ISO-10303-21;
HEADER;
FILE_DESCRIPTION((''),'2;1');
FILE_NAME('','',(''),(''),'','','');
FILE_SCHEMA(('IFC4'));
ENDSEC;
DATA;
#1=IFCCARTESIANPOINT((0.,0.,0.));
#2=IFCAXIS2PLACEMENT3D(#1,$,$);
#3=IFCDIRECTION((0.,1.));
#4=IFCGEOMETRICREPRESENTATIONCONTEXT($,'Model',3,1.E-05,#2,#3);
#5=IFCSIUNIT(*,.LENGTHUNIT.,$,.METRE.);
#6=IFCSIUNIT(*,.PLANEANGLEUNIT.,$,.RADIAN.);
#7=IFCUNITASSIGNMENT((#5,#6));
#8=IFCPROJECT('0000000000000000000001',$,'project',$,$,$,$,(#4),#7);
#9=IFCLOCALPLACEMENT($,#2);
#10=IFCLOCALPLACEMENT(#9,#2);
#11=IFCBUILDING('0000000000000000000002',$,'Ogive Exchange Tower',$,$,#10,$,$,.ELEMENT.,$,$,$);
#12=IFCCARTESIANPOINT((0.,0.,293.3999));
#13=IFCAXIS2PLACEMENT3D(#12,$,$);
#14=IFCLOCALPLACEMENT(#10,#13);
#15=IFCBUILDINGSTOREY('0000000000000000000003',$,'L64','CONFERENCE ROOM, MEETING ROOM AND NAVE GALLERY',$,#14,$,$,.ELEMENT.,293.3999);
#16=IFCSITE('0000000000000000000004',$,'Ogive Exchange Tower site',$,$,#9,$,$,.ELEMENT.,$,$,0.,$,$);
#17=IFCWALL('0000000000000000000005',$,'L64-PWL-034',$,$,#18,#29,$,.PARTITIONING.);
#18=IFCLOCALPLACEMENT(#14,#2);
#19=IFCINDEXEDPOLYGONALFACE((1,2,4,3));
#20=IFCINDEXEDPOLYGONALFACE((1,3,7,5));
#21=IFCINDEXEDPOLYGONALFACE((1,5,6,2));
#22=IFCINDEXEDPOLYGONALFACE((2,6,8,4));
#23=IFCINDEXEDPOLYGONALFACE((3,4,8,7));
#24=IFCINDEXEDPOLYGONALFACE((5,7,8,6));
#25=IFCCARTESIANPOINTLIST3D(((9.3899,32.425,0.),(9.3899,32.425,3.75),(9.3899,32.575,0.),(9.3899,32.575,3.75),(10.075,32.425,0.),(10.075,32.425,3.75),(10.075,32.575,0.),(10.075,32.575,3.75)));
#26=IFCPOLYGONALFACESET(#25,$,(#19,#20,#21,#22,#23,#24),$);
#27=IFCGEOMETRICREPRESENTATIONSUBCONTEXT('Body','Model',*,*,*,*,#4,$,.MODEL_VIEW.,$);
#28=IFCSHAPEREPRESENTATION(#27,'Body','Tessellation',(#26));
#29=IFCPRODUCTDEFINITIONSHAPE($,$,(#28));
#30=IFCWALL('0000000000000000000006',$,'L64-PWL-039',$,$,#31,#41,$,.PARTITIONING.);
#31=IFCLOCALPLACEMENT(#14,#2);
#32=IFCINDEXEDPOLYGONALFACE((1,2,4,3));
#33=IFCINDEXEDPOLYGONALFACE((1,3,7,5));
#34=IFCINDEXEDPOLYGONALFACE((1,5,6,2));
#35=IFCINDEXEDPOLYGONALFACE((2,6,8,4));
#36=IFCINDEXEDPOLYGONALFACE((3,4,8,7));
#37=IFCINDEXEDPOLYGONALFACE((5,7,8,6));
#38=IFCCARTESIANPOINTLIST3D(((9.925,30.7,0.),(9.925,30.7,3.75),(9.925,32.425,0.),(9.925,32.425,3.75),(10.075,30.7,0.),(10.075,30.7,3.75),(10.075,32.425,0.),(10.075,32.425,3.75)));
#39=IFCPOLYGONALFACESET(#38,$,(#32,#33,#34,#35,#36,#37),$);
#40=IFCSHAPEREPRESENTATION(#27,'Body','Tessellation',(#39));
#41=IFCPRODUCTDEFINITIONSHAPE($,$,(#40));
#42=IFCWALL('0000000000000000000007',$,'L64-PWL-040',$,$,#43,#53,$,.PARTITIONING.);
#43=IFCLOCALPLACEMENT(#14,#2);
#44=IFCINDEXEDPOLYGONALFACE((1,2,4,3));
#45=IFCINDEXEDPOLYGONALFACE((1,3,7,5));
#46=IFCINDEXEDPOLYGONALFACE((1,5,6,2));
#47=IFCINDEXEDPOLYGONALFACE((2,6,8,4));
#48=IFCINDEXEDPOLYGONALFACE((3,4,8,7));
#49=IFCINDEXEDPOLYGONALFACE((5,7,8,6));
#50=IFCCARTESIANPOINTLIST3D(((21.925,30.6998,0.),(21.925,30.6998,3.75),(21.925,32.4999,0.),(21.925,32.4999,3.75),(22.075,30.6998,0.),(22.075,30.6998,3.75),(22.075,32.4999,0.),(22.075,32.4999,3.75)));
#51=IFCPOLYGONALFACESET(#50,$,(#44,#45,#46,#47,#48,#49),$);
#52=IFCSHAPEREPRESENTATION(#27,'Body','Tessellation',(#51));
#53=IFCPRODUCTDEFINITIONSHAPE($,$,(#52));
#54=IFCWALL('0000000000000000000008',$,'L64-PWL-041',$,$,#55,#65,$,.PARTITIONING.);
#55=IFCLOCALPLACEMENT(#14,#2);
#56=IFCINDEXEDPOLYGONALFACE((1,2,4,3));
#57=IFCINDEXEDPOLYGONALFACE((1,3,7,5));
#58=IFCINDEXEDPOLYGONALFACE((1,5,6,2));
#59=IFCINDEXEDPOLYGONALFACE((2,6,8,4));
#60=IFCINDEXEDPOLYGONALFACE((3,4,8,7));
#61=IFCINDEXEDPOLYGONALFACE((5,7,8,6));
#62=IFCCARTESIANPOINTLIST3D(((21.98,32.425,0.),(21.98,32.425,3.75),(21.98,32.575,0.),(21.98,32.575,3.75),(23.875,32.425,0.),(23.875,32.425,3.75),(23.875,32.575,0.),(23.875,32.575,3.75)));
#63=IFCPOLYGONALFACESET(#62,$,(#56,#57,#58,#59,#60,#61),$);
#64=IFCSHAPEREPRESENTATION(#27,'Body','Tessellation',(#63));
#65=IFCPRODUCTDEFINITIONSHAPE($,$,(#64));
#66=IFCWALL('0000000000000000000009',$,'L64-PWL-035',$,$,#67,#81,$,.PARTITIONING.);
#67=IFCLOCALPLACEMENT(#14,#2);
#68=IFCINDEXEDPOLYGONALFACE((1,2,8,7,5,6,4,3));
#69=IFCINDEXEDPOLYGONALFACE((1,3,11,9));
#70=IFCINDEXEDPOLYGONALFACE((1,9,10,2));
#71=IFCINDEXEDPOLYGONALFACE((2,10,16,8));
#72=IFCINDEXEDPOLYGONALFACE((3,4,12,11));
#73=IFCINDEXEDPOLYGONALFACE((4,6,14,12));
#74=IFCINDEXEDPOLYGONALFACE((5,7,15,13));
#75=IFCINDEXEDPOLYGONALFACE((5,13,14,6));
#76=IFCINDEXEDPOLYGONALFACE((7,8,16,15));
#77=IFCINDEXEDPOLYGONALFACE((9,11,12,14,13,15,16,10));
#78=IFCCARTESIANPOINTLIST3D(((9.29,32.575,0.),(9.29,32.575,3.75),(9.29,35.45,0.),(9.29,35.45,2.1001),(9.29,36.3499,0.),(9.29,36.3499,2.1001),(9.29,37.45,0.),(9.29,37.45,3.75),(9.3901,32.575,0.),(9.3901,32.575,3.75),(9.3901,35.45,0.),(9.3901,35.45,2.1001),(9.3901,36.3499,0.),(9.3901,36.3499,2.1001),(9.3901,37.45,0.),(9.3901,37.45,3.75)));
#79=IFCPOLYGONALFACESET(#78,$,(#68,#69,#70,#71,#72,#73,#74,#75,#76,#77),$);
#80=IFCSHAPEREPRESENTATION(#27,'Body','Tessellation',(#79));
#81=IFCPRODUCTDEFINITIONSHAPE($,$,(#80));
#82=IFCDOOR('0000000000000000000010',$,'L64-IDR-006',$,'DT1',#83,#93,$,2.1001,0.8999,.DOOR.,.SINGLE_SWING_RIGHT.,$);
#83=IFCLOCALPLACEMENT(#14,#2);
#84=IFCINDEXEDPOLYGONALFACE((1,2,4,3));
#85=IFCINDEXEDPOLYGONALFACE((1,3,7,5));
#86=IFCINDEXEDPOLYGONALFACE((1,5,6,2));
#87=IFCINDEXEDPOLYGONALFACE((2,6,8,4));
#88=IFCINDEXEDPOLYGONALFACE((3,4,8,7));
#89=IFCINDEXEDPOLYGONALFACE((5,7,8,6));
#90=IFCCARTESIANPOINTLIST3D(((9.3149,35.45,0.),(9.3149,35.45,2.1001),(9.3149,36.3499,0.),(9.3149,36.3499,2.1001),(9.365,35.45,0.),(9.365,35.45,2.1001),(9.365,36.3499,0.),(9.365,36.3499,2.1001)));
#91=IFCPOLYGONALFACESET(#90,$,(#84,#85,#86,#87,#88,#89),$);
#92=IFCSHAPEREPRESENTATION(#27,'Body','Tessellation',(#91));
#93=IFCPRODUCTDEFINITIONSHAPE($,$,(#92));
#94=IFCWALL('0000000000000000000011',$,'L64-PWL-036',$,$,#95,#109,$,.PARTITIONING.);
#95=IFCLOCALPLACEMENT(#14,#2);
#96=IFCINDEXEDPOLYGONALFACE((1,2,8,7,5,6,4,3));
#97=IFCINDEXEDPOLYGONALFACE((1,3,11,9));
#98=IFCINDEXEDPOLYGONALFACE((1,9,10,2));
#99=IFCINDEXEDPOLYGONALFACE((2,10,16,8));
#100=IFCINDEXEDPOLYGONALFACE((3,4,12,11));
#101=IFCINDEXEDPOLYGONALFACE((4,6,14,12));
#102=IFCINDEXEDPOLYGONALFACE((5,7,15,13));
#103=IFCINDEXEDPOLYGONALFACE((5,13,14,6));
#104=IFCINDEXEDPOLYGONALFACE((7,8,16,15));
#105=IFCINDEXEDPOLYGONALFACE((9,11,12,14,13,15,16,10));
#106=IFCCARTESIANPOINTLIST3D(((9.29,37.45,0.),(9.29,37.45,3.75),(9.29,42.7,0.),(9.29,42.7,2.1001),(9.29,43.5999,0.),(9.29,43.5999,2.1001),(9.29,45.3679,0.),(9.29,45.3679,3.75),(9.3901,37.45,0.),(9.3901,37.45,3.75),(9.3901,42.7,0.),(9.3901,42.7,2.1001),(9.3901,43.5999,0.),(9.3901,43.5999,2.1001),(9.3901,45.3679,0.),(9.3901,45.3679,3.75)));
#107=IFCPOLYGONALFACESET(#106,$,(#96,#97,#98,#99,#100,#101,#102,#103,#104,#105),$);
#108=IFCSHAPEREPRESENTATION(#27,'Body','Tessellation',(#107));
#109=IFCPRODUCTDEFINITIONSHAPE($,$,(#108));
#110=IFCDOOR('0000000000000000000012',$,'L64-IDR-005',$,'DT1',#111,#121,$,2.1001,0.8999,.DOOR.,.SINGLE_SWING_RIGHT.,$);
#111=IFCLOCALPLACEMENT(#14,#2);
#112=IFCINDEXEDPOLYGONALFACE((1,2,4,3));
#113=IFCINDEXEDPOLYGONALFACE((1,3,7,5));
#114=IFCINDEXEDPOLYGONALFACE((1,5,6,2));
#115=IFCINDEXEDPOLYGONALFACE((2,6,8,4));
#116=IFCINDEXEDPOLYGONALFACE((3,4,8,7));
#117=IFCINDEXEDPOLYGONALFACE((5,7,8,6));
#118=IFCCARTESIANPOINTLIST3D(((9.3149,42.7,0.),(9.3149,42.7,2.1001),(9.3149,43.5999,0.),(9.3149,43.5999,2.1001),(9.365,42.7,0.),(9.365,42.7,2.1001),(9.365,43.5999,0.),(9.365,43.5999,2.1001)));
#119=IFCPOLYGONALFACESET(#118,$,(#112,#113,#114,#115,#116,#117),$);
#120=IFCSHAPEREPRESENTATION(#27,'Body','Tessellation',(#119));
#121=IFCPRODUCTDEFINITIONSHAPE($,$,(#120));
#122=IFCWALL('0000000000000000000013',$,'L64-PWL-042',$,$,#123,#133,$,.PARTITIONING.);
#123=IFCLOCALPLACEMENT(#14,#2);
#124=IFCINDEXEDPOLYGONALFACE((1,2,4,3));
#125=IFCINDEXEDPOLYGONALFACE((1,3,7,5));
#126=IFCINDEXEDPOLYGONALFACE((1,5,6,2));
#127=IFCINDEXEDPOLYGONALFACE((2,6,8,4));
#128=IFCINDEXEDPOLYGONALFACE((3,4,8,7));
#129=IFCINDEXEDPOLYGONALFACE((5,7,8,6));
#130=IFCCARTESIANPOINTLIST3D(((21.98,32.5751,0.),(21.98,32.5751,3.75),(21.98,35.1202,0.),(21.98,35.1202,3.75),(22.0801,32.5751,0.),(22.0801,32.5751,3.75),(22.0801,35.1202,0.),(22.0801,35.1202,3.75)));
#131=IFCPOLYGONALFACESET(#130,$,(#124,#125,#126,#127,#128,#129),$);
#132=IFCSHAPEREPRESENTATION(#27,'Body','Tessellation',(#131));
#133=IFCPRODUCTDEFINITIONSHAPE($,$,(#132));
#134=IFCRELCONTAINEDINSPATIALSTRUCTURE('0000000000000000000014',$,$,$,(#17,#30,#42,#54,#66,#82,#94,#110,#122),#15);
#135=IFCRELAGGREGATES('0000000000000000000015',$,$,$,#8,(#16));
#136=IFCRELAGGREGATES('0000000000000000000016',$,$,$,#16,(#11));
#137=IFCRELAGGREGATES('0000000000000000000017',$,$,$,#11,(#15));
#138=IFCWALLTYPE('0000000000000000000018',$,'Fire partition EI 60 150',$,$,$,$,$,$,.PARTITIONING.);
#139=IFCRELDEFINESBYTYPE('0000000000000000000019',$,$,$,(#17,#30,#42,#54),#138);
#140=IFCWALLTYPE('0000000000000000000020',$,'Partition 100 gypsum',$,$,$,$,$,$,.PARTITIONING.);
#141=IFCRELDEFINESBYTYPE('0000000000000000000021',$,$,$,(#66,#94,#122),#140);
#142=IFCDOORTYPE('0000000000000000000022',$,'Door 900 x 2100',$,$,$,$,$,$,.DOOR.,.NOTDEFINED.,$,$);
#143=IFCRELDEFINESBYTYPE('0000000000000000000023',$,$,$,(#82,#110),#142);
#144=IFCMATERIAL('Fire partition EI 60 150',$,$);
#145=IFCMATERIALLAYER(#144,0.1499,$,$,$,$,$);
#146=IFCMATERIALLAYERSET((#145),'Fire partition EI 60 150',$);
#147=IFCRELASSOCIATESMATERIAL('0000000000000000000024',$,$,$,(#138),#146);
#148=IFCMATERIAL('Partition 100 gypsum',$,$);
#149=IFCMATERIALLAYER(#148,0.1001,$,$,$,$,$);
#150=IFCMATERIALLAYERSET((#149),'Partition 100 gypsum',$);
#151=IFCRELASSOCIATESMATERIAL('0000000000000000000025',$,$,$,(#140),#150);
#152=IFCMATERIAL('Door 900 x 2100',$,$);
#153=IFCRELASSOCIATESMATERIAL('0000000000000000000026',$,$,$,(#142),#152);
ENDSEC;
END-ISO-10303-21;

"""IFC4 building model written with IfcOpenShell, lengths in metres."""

from ifc_helpers import new_model, si_unit, direction, frame, frame_2d, origin, place, context, subcontext, project, spatial, rectangle, extrude, material, layer, layer_set, type_object, element, fill, save


model = new_model("IFC4")

# Units and contexts
model_context = context("Model", 3, precision=1e-05, world=origin(), true_north=direction((0.0, 1.0)))
body_context = subcontext(model_context, "Body", "Model", "MODEL_VIEW")
ifc_project = project(units=[si_unit("LENGTHUNIT", "METRE"), si_unit("PLANEANGLEUNIT", "RADIAN")], contexts=[model_context])

# Site, building, storey
site_placement = place(None, origin())
site = spatial("IfcSite", under=ifc_project, at=site_placement, Name="Ogive Exchange Tower site", CompositionType="ELEMENT", RefElevation=0.0)
building_placement = place(site_placement, origin())
building = spatial("IfcBuilding", under=site, at=building_placement, Name="Ogive Exchange Tower", CompositionType="ELEMENT")
storey_placement = place(building_placement, frame((0.0, 0.0, 293.3999)))
storey = spatial("IfcBuildingStorey", under=building, at=storey_placement, Name="L64", Description="CONFERENCE ROOM, MEETING ROOM AND NAVE GALLERY", CompositionType="ELEMENT", Elevation=293.3999)

# Shared definitions
ifc_material_1 = material(Name="Fire partition EI 60 150")
ifc_layer_1 = layer(ifc_material_1, 0.1499)
ifc_layer_set_1 = layer_set([ifc_layer_1], Name="Fire partition EI 60 150")
wall_type_1 = type_object("IfcWallType", Name="Fire partition EI 60 150", PredefinedType="PARTITIONING", material=ifc_layer_set_1)

# Walls
wall_1_placement = place(storey_placement, frame((9.3899, 32.5, 0.0), z_axis=(0.0, 0.0, 1.0), x_axis=(1.0, 0.0, 0.0)))
element("IfcWall", 1, at=wall_1_placement, inside=storey, type_object=wall_type_1, Name="L64-PWL-034", PredefinedType="PARTITIONING", context=body_context, shape_type="SweptSolid", body=[
    extrude(rectangle(XDim=0.6851, YDim=0.1499, at=frame_2d((0.3425, 0.0))), origin(), (0.0, 0.0, 1.0), 3.75),
])
wall_2_placement = place(storey_placement, frame((10.0, 32.425, 0.0), z_axis=(0.0, 0.0, 1.0), x_axis=(0.0, -1.0, 0.0)))
element("IfcWall", 2, at=wall_2_placement, inside=storey, type_object=wall_type_1, Name="L64-PWL-039", PredefinedType="PARTITIONING", context=body_context, shape_type="SweptSolid", body=[
    extrude(rectangle(XDim=1.7251, YDim=0.1499, at=frame_2d((0.8625, 0.0))), origin(), (0.0, 0.0, 1.0), 3.75),
])
wall_3_placement = place(storey_placement, frame((22.0, 30.7, 0.0), z_axis=(0.0, 0.0, 1.0), x_axis=(0.0, 1.0, 0.0)))
element("IfcWall", 3, at=wall_3_placement, inside=storey, type_object=wall_type_1, Name="L64-PWL-040", PredefinedType="PARTITIONING", context=body_context, shape_type="SweptSolid", body=[
    extrude(rectangle(XDim=1.8, YDim=0.1499, at=frame_2d((0.8999, 0.0))), origin(), (0.0, 0.0, 1.0), 3.75),
])
wall_4_placement = place(storey_placement, frame((21.98, 32.5, 0.0), z_axis=(0.0, 0.0, 1.0), x_axis=(1.0, 0.0, 0.0)))
element("IfcWall", 4, at=wall_4_placement, inside=storey, type_object=wall_type_1, Name="L64-PWL-041", PredefinedType="PARTITIONING", context=body_context, shape_type="SweptSolid", body=[
    extrude(rectangle(XDim=1.895, YDim=0.1499, at=frame_2d((0.9475, 0.0))), origin(), (0.0, 0.0, 1.0), 3.75),
])

# Walls, openings, doors
ifc_material_2 = material(Name="Partition 100 gypsum")
ifc_layer_2 = layer(ifc_material_2, 0.1001)
ifc_layer_set_2 = layer_set([ifc_layer_2], Name="Partition 100 gypsum")
wall_type_2 = type_object("IfcWallType", Name="Partition 100 gypsum", PredefinedType="PARTITIONING", material=ifc_layer_set_2)
wall_5_placement = place(storey_placement, frame((9.3401, 37.45, 0.0), z_axis=(0.0, 0.0, 1.0), x_axis=(0.0, -1.0, 0.0)))
wall_5 = element("IfcWall", 5, at=wall_5_placement, inside=storey, type_object=wall_type_2, Name="L64-PWL-035", PredefinedType="PARTITIONING", context=body_context, shape_type="SweptSolid", body=[
    extrude(rectangle(XDim=4.875, YDim=0.1001, at=frame_2d((2.4375, 0.0))), origin(), (0.0, 0.0, 1.0), 3.75),
])
opening_1_placement = place(wall_5_placement, frame((1.1001, 0.0, 0.0)))
opening_1 = element("IfcOpeningElement", 6, at=opening_1_placement, cuts=wall_5, PredefinedType="OPENING", context=body_context, shape_type="SweptSolid", body=[
    extrude(rectangle(XDim=0.8999, YDim=2.1001, at=frame_2d((0.45, 1.05))), frame((0.0, 0.0601, 0.0), z_axis=(0.0, -1.0, 0.0), x_axis=(1.0, 0.0, 0.0)), (0.0, 0.0, 1.0), 0.1201),
])
ifc_material_3 = material(Name="Door 900 x 2100")
door_type_1 = type_object("IfcDoorType", Name="Door 900 x 2100", OperationType="NOTDEFINED", PredefinedType="DOOR", material=ifc_material_3)
door_1_placement = place(opening_1_placement, origin())
door_1 = element("IfcDoor", 7, at=door_1_placement, inside=storey, type_object=door_type_1, Name="L64-IDR-006", ObjectType="DT1", OperationType="SINGLE_SWING_RIGHT", OverallHeight=2.1001, OverallWidth=0.8999, PredefinedType="DOOR", context=body_context, shape_type="SweptSolid", body=[
    extrude(rectangle(XDim=0.8999, YDim=2.1001, at=frame_2d((0.45, 1.05))), frame((0.0, 0.0249, 0.0), z_axis=(0.0, -1.0, 0.0), x_axis=(1.0, 0.0, 0.0)), (0.0, 0.0, 1.0), 0.05),
])
fill(opening_1, door_1)
wall_6_placement = place(storey_placement, frame((9.3401, 45.3679, 0.0), z_axis=(0.0, 0.0, 1.0), x_axis=(0.0, -1.0, 0.0)))
wall_6 = element("IfcWall", 8, at=wall_6_placement, inside=storey, type_object=wall_type_2, Name="L64-PWL-036", PredefinedType="PARTITIONING", context=body_context, shape_type="SweptSolid", body=[
    extrude(rectangle(XDim=7.918, YDim=0.1001, at=frame_2d((3.959, 0.0))), origin(), (0.0, 0.0, 1.0), 3.75),
])
opening_2_placement = place(wall_6_placement, frame((1.7681, 0.0, 0.0)))
opening_2 = element("IfcOpeningElement", 9, at=opening_2_placement, cuts=wall_6, PredefinedType="OPENING", context=body_context, shape_type="SweptSolid", body=[
    extrude(rectangle(XDim=0.8999, YDim=2.1001, at=frame_2d((0.45, 1.05))), frame((0.0, 0.0601, 0.0), z_axis=(0.0, -1.0, 0.0), x_axis=(1.0, 0.0, 0.0)), (0.0, 0.0, 1.0), 0.1201),
])
door_2_placement = place(opening_2_placement, origin())
door_2 = element("IfcDoor", 10, at=door_2_placement, inside=storey, type_object=door_type_1, Name="L64-IDR-005", ObjectType="DT1", OperationType="SINGLE_SWING_RIGHT", OverallHeight=2.1001, OverallWidth=0.8999, PredefinedType="DOOR", context=body_context, shape_type="SweptSolid", body=[
    extrude(rectangle(XDim=0.8999, YDim=2.1001, at=frame_2d((0.45, 1.05))), frame((0.0, 0.0249, 0.0), z_axis=(0.0, -1.0, 0.0), x_axis=(1.0, 0.0, 0.0)), (0.0, 0.0, 1.0), 0.05),
])
fill(opening_2, door_2)

# Wall
wall_7_placement = place(storey_placement, frame((22.03, 35.1201, 0.0), z_axis=(0.0, 0.0, 1.0), x_axis=(0.0, -1.0, 0.0)))
element("IfcWall", 11, at=wall_7_placement, inside=storey, type_object=wall_type_2, Name="L64-PWL-042", PredefinedType="PARTITIONING", context=body_context, shape_type="SweptSolid", body=[
    extrude(rectangle(XDim=2.5452, YDim=0.1001, at=frame_2d((1.2725, 0.0))), origin(), (0.0, 0.0, 1.0), 3.75),
])

save(model, "model.ifc")
